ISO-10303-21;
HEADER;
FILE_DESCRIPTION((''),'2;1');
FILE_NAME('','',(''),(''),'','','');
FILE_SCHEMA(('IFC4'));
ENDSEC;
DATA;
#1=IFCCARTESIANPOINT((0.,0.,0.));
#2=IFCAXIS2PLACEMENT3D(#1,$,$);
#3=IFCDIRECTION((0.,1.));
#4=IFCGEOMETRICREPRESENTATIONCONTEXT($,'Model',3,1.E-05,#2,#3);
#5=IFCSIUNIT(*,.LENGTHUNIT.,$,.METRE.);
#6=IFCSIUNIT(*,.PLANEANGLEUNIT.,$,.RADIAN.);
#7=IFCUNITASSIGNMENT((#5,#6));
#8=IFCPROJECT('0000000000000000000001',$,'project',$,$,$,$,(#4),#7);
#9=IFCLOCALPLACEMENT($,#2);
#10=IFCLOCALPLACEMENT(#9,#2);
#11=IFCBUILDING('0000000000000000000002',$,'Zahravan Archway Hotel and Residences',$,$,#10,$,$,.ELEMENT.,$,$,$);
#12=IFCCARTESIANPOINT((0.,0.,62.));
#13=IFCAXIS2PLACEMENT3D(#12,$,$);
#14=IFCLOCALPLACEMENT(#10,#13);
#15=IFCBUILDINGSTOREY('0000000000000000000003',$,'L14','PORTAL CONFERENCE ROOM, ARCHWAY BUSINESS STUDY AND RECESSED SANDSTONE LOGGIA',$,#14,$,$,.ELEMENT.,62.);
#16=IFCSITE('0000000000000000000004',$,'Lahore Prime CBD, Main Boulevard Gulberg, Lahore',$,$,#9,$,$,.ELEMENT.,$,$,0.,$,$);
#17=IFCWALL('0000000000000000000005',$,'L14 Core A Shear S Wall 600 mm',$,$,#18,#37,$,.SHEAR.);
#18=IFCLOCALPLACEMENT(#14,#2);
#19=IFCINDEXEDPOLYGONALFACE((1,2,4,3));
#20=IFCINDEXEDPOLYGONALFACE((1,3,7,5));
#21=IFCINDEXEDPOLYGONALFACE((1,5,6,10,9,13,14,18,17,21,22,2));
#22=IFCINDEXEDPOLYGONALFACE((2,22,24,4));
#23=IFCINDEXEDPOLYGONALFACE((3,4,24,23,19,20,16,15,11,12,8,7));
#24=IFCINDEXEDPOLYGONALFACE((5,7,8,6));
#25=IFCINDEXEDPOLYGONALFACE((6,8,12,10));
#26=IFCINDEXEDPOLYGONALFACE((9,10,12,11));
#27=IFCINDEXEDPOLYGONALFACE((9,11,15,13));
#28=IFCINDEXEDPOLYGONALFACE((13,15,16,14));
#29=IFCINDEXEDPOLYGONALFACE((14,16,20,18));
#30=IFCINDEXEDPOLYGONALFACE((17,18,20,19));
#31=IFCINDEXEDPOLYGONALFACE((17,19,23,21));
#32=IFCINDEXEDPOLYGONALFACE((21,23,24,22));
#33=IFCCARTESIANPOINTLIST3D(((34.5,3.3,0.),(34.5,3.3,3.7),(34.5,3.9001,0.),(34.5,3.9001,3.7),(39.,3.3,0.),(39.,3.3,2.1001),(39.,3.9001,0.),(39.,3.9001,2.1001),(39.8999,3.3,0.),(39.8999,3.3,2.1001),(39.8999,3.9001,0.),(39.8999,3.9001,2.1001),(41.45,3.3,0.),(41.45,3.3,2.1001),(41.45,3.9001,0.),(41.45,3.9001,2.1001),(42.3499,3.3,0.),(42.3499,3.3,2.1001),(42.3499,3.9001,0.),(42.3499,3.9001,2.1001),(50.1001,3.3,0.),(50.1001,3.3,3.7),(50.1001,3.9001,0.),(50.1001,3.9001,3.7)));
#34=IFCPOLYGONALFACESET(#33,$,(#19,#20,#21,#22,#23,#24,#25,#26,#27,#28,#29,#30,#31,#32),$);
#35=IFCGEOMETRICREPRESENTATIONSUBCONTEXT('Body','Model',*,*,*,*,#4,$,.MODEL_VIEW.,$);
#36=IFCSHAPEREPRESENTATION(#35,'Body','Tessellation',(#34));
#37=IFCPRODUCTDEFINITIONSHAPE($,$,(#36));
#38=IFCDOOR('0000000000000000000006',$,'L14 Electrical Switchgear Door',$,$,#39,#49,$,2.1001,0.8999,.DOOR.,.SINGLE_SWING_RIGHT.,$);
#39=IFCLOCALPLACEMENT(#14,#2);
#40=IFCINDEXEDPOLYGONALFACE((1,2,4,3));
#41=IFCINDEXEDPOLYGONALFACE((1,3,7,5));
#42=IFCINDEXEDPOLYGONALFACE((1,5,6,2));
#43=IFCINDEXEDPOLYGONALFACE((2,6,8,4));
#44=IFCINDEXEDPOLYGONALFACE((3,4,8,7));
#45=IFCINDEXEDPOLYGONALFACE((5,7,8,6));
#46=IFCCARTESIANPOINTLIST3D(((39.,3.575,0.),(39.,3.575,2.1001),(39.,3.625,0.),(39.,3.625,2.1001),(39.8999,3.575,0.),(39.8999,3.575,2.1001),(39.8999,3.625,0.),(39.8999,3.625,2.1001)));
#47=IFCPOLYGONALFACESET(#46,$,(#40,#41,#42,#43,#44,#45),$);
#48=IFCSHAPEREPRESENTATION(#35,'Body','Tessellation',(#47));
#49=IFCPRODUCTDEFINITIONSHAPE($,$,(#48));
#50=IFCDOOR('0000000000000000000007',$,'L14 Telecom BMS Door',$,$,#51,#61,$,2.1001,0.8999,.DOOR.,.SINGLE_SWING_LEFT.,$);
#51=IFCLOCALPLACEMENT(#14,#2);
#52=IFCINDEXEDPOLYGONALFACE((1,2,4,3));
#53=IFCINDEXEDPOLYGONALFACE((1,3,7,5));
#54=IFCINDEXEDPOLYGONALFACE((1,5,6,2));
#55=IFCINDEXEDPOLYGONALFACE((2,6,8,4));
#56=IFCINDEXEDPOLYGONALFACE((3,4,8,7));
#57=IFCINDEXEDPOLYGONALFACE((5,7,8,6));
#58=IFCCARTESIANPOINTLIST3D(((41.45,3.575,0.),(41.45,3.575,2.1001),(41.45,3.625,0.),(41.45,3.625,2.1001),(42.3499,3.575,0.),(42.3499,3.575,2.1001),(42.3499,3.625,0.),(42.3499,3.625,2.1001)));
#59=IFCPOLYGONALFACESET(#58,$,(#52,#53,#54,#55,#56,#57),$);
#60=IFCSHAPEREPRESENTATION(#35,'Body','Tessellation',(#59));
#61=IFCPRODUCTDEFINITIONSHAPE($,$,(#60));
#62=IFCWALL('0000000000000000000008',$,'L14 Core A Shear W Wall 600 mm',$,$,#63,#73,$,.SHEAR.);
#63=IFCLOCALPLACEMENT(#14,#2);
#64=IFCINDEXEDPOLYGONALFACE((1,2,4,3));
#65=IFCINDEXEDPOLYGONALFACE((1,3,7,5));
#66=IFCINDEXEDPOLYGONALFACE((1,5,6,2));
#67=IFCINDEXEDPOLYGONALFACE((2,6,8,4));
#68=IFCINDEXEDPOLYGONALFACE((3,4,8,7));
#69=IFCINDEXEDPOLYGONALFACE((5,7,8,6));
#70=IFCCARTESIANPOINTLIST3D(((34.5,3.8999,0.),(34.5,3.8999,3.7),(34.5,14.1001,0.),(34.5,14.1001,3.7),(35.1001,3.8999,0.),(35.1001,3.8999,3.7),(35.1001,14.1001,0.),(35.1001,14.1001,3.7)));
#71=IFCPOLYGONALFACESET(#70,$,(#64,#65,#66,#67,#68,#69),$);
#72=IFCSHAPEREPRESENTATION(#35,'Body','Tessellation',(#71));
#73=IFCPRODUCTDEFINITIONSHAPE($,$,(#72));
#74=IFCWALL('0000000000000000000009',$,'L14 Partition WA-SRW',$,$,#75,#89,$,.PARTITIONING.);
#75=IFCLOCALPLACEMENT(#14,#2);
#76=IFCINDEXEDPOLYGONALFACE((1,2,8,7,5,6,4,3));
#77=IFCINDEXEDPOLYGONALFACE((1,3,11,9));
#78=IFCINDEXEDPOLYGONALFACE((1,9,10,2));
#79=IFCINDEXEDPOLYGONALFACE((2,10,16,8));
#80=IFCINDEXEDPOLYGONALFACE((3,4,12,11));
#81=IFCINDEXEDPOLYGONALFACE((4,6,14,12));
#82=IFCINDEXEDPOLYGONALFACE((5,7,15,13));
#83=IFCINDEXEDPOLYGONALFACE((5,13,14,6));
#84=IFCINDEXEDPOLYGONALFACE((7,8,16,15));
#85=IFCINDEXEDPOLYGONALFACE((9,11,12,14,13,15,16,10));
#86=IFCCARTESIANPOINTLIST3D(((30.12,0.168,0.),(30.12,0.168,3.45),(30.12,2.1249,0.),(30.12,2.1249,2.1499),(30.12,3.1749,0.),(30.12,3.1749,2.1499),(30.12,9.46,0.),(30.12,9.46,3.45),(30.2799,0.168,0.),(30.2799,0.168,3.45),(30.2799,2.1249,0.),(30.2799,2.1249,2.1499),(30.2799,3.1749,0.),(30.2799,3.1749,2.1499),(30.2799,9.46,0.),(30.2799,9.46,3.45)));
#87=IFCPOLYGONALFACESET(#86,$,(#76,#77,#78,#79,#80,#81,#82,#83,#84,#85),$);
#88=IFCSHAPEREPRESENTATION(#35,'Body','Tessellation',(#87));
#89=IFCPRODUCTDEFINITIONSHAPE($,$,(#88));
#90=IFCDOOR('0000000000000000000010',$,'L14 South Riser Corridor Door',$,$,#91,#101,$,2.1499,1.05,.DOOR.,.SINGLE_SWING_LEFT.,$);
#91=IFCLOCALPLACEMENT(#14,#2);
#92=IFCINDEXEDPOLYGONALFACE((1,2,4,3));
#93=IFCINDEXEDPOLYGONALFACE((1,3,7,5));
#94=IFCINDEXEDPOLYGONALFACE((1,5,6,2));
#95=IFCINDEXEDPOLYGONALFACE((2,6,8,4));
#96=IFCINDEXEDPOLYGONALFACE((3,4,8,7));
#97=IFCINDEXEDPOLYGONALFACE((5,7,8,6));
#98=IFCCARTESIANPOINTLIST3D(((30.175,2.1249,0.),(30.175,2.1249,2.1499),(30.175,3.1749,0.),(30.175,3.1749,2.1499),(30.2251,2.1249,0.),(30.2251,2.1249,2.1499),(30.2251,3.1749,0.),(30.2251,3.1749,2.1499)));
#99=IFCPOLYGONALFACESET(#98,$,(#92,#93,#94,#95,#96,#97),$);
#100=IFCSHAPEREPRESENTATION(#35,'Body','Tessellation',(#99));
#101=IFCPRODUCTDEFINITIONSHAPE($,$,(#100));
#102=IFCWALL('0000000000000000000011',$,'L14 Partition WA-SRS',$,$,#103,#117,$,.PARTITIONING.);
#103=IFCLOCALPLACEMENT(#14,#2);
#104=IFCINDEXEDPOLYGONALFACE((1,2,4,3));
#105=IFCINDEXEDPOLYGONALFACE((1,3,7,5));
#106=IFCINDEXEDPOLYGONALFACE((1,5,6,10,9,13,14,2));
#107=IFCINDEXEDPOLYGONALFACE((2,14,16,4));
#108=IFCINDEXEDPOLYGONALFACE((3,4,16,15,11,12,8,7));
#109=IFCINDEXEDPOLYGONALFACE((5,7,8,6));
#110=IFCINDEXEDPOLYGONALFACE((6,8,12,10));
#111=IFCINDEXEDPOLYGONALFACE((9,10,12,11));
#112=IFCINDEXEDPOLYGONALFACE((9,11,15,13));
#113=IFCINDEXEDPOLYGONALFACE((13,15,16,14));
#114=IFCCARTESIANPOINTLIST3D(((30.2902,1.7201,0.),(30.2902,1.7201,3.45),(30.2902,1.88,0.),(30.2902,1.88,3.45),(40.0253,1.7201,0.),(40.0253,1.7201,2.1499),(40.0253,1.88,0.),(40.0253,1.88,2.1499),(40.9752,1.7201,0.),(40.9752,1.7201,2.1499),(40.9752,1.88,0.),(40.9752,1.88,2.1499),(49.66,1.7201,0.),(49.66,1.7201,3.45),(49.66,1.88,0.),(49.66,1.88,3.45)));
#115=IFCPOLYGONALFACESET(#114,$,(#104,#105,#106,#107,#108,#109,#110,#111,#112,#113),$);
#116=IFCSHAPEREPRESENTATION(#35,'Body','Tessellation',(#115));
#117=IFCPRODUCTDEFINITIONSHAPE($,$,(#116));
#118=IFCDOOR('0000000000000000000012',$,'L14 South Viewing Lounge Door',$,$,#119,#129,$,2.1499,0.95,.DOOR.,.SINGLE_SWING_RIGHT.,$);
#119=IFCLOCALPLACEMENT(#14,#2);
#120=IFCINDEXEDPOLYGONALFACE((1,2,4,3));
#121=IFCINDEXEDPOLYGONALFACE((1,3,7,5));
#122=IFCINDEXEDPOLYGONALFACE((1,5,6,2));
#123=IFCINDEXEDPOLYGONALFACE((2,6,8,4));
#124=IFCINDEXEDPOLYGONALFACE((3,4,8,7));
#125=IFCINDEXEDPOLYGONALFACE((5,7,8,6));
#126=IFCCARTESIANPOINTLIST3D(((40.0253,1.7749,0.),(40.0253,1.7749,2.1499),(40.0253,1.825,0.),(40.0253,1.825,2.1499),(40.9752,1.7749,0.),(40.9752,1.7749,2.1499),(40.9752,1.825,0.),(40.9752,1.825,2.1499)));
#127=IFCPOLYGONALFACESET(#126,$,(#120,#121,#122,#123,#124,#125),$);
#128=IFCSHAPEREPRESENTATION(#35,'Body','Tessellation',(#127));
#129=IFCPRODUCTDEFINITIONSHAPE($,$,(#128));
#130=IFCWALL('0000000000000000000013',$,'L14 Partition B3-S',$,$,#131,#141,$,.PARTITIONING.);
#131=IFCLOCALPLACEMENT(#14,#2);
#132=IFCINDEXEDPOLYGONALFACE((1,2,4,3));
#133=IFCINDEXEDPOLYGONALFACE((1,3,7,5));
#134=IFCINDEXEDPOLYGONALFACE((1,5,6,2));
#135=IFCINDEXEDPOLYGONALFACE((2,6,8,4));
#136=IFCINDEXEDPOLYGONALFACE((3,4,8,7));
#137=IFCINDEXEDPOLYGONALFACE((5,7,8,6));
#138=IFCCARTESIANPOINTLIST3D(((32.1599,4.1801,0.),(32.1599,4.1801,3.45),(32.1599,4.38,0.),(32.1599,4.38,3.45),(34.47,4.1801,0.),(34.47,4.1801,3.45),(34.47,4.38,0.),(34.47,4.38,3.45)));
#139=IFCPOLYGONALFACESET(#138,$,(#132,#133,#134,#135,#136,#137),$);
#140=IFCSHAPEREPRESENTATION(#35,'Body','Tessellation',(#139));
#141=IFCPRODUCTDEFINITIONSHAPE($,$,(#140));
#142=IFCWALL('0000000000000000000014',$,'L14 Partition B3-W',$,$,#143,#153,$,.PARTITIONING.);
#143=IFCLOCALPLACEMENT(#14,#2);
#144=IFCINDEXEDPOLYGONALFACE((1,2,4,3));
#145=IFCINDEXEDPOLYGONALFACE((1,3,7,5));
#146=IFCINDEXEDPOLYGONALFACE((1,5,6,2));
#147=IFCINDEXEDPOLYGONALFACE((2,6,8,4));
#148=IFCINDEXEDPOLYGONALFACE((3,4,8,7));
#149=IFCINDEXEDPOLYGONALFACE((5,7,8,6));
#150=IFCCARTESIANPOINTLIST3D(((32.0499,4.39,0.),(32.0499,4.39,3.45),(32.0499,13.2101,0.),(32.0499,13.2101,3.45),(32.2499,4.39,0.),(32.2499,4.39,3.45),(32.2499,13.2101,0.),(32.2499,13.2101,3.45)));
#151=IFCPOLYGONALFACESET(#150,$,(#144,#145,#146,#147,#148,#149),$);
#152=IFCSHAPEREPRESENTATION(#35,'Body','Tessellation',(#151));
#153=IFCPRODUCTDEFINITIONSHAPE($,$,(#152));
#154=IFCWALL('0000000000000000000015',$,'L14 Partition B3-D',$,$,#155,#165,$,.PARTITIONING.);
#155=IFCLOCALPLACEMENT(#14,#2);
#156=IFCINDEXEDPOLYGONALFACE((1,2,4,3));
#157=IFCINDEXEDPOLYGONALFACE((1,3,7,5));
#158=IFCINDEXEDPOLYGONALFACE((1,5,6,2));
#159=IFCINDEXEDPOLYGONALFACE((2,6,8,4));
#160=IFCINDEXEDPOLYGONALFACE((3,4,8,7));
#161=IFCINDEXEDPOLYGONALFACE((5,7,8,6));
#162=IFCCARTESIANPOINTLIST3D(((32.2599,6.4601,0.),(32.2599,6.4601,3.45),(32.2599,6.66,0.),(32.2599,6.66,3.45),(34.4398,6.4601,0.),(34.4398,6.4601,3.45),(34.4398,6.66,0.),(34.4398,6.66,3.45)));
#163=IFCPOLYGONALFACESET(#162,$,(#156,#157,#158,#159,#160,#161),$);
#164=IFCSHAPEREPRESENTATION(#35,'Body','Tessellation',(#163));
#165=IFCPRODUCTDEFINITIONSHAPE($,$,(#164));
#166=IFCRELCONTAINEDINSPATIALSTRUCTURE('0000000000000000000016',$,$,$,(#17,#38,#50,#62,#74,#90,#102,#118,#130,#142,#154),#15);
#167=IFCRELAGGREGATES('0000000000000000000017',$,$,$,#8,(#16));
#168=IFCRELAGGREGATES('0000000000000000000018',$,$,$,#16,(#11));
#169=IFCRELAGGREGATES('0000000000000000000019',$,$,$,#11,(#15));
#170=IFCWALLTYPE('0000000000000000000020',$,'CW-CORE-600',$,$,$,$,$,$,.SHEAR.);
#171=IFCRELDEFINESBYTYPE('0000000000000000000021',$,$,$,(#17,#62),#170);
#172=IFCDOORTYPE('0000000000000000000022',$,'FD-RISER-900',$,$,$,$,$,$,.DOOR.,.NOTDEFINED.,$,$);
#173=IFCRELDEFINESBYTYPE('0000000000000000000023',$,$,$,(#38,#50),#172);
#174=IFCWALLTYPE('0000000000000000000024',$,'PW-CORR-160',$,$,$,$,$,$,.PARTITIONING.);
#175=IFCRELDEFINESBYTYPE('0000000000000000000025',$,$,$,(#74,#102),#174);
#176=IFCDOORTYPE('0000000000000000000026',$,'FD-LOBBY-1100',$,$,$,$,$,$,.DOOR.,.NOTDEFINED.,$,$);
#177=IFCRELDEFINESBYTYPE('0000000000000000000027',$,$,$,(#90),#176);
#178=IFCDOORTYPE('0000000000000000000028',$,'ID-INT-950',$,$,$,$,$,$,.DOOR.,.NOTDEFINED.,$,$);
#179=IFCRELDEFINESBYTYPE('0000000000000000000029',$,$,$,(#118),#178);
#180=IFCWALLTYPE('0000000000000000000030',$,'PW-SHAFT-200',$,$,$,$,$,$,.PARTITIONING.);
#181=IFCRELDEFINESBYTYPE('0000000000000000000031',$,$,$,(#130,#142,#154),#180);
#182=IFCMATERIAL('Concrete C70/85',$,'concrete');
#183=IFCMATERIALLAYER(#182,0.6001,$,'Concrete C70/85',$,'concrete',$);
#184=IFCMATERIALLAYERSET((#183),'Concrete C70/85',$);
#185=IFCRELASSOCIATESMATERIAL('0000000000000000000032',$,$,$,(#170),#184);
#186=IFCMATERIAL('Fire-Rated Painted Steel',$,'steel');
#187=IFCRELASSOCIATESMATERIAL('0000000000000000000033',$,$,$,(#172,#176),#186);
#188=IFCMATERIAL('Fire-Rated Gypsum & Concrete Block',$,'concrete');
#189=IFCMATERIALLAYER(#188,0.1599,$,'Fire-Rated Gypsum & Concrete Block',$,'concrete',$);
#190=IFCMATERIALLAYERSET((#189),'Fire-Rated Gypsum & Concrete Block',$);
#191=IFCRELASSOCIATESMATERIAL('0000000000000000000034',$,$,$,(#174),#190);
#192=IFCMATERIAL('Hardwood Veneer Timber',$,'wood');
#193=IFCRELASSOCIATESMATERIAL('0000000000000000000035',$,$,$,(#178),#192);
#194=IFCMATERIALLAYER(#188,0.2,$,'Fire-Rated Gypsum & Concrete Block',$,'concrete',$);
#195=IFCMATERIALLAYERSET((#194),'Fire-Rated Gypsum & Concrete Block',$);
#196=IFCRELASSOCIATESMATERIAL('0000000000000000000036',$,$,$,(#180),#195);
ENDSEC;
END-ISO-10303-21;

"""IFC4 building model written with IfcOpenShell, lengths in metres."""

from ifc_helpers import new_model, si_unit, direction, frame, frame_2d, origin, place, context, subcontext, project, spatial, rectangle, extrude, source, transform, mapped, material, layer, layer_set, type_object, type_shapes, element, fill, save


model = new_model("IFC4")

# Units and contexts
model_context = context("Model", 3, precision=1e-05, world=origin(), true_north=direction((0.0, 1.0)))
body_context = subcontext(model_context, "Body", "Model", "MODEL_VIEW")
ifc_project = project(units=[si_unit("LENGTHUNIT", "METRE"), si_unit("PLANEANGLEUNIT", "RADIAN")], contexts=[model_context])

# Site, building, storey
site_placement = place(None, origin())
site = spatial("IfcSite", under=ifc_project, at=site_placement, Name="Lahore Prime CBD, Main Boulevard Gulberg, Lahore", CompositionType="ELEMENT", RefElevation=0.0)
building_placement = place(site_placement, origin())
building = spatial("IfcBuilding", under=site, at=building_placement, Name="Zahravan Archway Hotel and Residences", CompositionType="ELEMENT")
storey_placement = place(building_placement, frame((0.0, 0.0, 62.0)))
storey = spatial("IfcBuildingStorey", under=building, at=storey_placement, Name="L14", Description="PORTAL CONFERENCE ROOM, ARCHWAY BUSINESS STUDY AND RECESSED SANDSTONE LOGGIA", CompositionType="ELEMENT", Elevation=62.0)

# Shared definitions
ifc_material_1 = material(Name="Concrete C70/85", Category="concrete")

# Wall, openings, doors
ifc_layer_1 = layer(ifc_material_1, 0.6001, Name="Concrete C70/85", Category="concrete")
ifc_layer_set_1 = layer_set([ifc_layer_1], Name="Concrete C70/85")
wall_type_1 = type_object("IfcWallType", Name="CW-CORE-600", PredefinedType="SHEAR", material=ifc_layer_set_1)
wall_1_placement = place(storey_placement, frame((34.5, 3.6001, 0.0), z_axis=(0.0, 0.0, 1.0), x_axis=(1.0, 0.0, 0.0)))
wall_1 = element("IfcWall", 1, at=wall_1_placement, inside=storey, type_object=wall_type_1, Name="L14 Core A Shear S Wall 600 mm", PredefinedType="SHEAR", context=body_context, shape_type="SweptSolid", body=[
    extrude(rectangle(XDim=15.6001, YDim=0.6001, at=frame_2d((7.8, 0.0))), origin(), (0.0, 0.0, 1.0), 3.7),
])
opening_1_placement = place(wall_1_placement, frame((4.5, 0.0, 0.0)))
opening_1 = element("IfcOpeningElement", 2, at=opening_1_placement, cuts=wall_1, PredefinedType="OPENING", context=body_context, shape_type="SweptSolid", body=[
    extrude(rectangle(XDim=0.8999, YDim=2.1001, at=frame_2d((0.45, 1.05))), frame((0.0, 0.3101, 0.0), z_axis=(0.0, -1.0, 0.0), x_axis=(1.0, 0.0, 0.0)), (0.0, 0.0, 1.0), 0.6201),
])
opening_2_placement = place(wall_1_placement, frame((6.95, 0.0, 0.0)))
opening_2 = element("IfcOpeningElement", 3, at=opening_2_placement, cuts=wall_1, PredefinedType="OPENING", context=body_context, shape_type="SweptSolid", body=[
    extrude(rectangle(XDim=0.8999, YDim=2.1001, at=frame_2d((0.45, 1.05))), frame((0.0, 0.3101, 0.0), z_axis=(0.0, -1.0, 0.0), x_axis=(1.0, 0.0, 0.0)), (0.0, 0.0, 1.0), 0.6201),
])
ifc_material_2 = material(Name="Fire-Rated Painted Steel", Category="steel")
door_type_1 = type_object("IfcDoorType", Name="FD-RISER-900", OperationType="NOTDEFINED", PredefinedType="DOOR", material=ifc_material_2)
shared_shape_1 = source(origin(), body_context, "Body", "SweptSolid", [
    extrude(rectangle(XDim=0.8999, YDim=2.1001, at=frame_2d((0.45, 1.05))), frame((0.0, 0.0249, 0.0), z_axis=(0.0, -1.0, 0.0), x_axis=(1.0, 0.0, 0.0)), (0.0, 0.0, 1.0), 0.05),
])
type_shapes(door_type_1, [shared_shape_1])
door_1_placement = place(opening_1_placement, origin())
door_1 = element("IfcDoor", 4, at=door_1_placement, inside=storey, type_object=door_type_1, Name="L14 Electrical Switchgear Door", OperationType="SINGLE_SWING_RIGHT", OverallHeight=2.1001, OverallWidth=0.8999, PredefinedType="DOOR", context=body_context, shape_type="MappedRepresentation", body=[
    mapped(shared_shape_1, transform((0.0, 0.0, 0.0), scale=1.0)),
])
fill(opening_1, door_1)
door_2_placement = place(opening_2_placement, origin())
door_2 = element("IfcDoor", 5, at=door_2_placement, inside=storey, type_object=door_type_1, Name="L14 Telecom BMS Door", OperationType="SINGLE_SWING_LEFT", OverallHeight=2.1001, OverallWidth=0.8999, PredefinedType="DOOR", context=body_context, shape_type="MappedRepresentation", body=[
    mapped(shared_shape_1, transform((0.0, 0.0, 0.0), scale=1.0)),
])
fill(opening_2, door_2)

# Wall
wall_2_placement = place(storey_placement, frame((34.8, 3.8999, 0.0), z_axis=(0.0, 0.0, 1.0), x_axis=(0.0, 1.0, 0.0)))
element("IfcWall", 6, at=wall_2_placement, inside=storey, type_object=wall_type_1, Name="L14 Core A Shear W Wall 600 mm", PredefinedType="SHEAR", context=body_context, shape_type="SweptSolid", body=[
    extrude(rectangle(XDim=10.2002, YDim=0.6001, at=frame_2d((5.1001, 0.0))), origin(), (0.0, 0.0, 1.0), 3.7),
])

# Walls, openings, doors
ifc_material_3 = material(Name="Fire-Rated Gypsum & Concrete Block", Category="concrete")
ifc_layer_2 = layer(ifc_material_3, 0.1599, Name="Fire-Rated Gypsum & Concrete Block", Category="concrete")
ifc_layer_set_2 = layer_set([ifc_layer_2], Name="Fire-Rated Gypsum & Concrete Block")
wall_type_2 = type_object("IfcWallType", Name="PW-CORR-160", PredefinedType="PARTITIONING", material=ifc_layer_set_2)
wall_3_placement = place(storey_placement, frame((30.2, 0.168, 0.0), z_axis=(0.0, 0.0, 1.0), x_axis=(0.0, 1.0, 0.0)))
wall_3 = element("IfcWall", 7, at=wall_3_placement, inside=storey, type_object=wall_type_2, Name="L14 Partition WA-SRW", PredefinedType="PARTITIONING", context=body_context, shape_type="SweptSolid", body=[
    extrude(rectangle(XDim=9.292, YDim=0.1599, at=frame_2d((4.646, 0.0))), origin(), (0.0, 0.0, 1.0), 3.45),
])
opening_3_placement = place(wall_3_placement, frame((1.957, 0.0, 0.0)))
opening_3 = element("IfcOpeningElement", 8, at=opening_3_placement, cuts=wall_3, PredefinedType="OPENING", context=body_context, shape_type="SweptSolid", body=[
    extrude(rectangle(XDim=1.05, YDim=2.1499, at=frame_2d((0.5249, 1.075))), frame((0.0, 0.0898, 0.0), z_axis=(0.0, -1.0, 0.0), x_axis=(1.0, 0.0, 0.0)), (0.0, 0.0, 1.0), 0.1799),
])
door_type_2 = type_object("IfcDoorType", Name="FD-LOBBY-1100", OperationType="NOTDEFINED", PredefinedType="DOOR", material=ifc_material_2)
shared_shape_2 = source(origin(), body_context, "Body", "SweptSolid", [
    extrude(rectangle(XDim=1.05, YDim=2.1499, at=frame_2d((0.5249, 1.075))), frame((0.0, 0.0249, 0.0), z_axis=(0.0, -1.0, 0.0), x_axis=(1.0, 0.0, 0.0)), (0.0, 0.0, 1.0), 0.05),
])
type_shapes(door_type_2, [shared_shape_2])
door_3_placement = place(opening_3_placement, origin())
door_3 = element("IfcDoor", 9, at=door_3_placement, inside=storey, type_object=door_type_2, Name="L14 South Riser Corridor Door", OperationType="SINGLE_SWING_LEFT", OverallHeight=2.1499, OverallWidth=1.05, PredefinedType="DOOR", context=body_context, shape_type="MappedRepresentation", body=[
    mapped(shared_shape_2, transform((0.0, 0.0, 0.0), scale=1.0)),
])
fill(opening_3, door_3)
wall_4_placement = place(storey_placement, frame((30.29, 1.8, 0.0), z_axis=(0.0, 0.0, 1.0), x_axis=(1.0, 0.0, 0.0)))
wall_4 = element("IfcWall", 10, at=wall_4_placement, inside=storey, type_object=wall_type_2, Name="L14 Partition WA-SRS", PredefinedType="PARTITIONING", context=body_context, shape_type="SweptSolid", body=[
    extrude(rectangle(XDim=19.3699, YDim=0.1599, at=frame_2d((9.6851, 0.0))), origin(), (0.0, 0.0, 1.0), 3.45),
])
opening_4_placement = place(wall_4_placement, frame((9.7351, 0.0, 0.0)))
opening_4 = element("IfcOpeningElement", 11, at=opening_4_placement, cuts=wall_4, PredefinedType="OPENING", context=body_context, shape_type="SweptSolid", body=[
    extrude(rectangle(XDim=0.95, YDim=2.1499, at=frame_2d((0.4751, 1.075))), frame((0.0, 0.0898, 0.0), z_axis=(0.0, -1.0, 0.0), x_axis=(1.0, 0.0, 0.0)), (0.0, 0.0, 1.0), 0.1799),
])
ifc_material_4 = material(Name="Hardwood Veneer Timber", Category="wood")
door_type_3 = type_object("IfcDoorType", Name="ID-INT-950", OperationType="NOTDEFINED", PredefinedType="DOOR", material=ifc_material_4)
shared_shape_3 = source(origin(), body_context, "Body", "SweptSolid", [
    extrude(rectangle(XDim=0.95, YDim=2.1499, at=frame_2d((0.4751, 1.075))), frame((0.0, 0.0249, 0.0), z_axis=(0.0, -1.0, 0.0), x_axis=(1.0, 0.0, 0.0)), (0.0, 0.0, 1.0), 0.05),
])
type_shapes(door_type_3, [shared_shape_3])
door_4_placement = place(opening_4_placement, origin())
door_4 = element("IfcDoor", 12, at=door_4_placement, inside=storey, type_object=door_type_3, Name="L14 South Viewing Lounge Door", OperationType="SINGLE_SWING_RIGHT", OverallHeight=2.1499, OverallWidth=0.95, PredefinedType="DOOR", context=body_context, shape_type="MappedRepresentation", body=[
    mapped(shared_shape_3, transform((0.0, 0.0, 0.0), scale=1.0)),
])
fill(opening_4, door_4)

# Walls
ifc_layer_3 = layer(ifc_material_3, 0.2, Name="Fire-Rated Gypsum & Concrete Block", Category="concrete")
ifc_layer_set_3 = layer_set([ifc_layer_3], Name="Fire-Rated Gypsum & Concrete Block")
wall_type_3 = type_object("IfcWallType", Name="PW-SHAFT-200", PredefinedType="PARTITIONING", material=ifc_layer_set_3)
wall_5_placement = place(storey_placement, frame((32.1599, 4.28, 0.0), z_axis=(0.0, 0.0, 1.0), x_axis=(1.0, 0.0, 0.0)))
element("IfcWall", 13, at=wall_5_placement, inside=storey, type_object=wall_type_3, Name="L14 Partition B3-S", PredefinedType="PARTITIONING", context=body_context, shape_type="SweptSolid", body=[
    extrude(rectangle(XDim=2.3101, YDim=0.2, at=frame_2d((1.155, 0.0))), origin(), (0.0, 0.0, 1.0), 3.45),
])
wall_6_placement = place(storey_placement, frame((32.1499, 4.3899, 0.0), z_axis=(0.0, 0.0, 1.0), x_axis=(0.0, 1.0, 0.0)))
element("IfcWall", 14, at=wall_6_placement, inside=storey, type_object=wall_type_3, Name="L14 Partition B3-W", PredefinedType="PARTITIONING", context=body_context, shape_type="SweptSolid", body=[
    extrude(rectangle(XDim=8.8201, YDim=0.2, at=frame_2d((4.4102, 0.0))), origin(), (0.0, 0.0, 1.0), 3.45),
])
wall_7_placement = place(storey_placement, frame((32.26, 6.5601, 0.0), z_axis=(0.0, 0.0, 1.0), x_axis=(1.0, 0.0, 0.0)))
element("IfcWall", 15, at=wall_7_placement, inside=storey, type_object=wall_type_3, Name="L14 Partition B3-D", PredefinedType="PARTITIONING", context=body_context, shape_type="SweptSolid", body=[
    extrude(rectangle(XDim=2.1799, YDim=0.2, at=frame_2d((1.0898, 0.0))), origin(), (0.0, 0.0, 1.0), 3.45),
])

save(model, "model.ifc")
